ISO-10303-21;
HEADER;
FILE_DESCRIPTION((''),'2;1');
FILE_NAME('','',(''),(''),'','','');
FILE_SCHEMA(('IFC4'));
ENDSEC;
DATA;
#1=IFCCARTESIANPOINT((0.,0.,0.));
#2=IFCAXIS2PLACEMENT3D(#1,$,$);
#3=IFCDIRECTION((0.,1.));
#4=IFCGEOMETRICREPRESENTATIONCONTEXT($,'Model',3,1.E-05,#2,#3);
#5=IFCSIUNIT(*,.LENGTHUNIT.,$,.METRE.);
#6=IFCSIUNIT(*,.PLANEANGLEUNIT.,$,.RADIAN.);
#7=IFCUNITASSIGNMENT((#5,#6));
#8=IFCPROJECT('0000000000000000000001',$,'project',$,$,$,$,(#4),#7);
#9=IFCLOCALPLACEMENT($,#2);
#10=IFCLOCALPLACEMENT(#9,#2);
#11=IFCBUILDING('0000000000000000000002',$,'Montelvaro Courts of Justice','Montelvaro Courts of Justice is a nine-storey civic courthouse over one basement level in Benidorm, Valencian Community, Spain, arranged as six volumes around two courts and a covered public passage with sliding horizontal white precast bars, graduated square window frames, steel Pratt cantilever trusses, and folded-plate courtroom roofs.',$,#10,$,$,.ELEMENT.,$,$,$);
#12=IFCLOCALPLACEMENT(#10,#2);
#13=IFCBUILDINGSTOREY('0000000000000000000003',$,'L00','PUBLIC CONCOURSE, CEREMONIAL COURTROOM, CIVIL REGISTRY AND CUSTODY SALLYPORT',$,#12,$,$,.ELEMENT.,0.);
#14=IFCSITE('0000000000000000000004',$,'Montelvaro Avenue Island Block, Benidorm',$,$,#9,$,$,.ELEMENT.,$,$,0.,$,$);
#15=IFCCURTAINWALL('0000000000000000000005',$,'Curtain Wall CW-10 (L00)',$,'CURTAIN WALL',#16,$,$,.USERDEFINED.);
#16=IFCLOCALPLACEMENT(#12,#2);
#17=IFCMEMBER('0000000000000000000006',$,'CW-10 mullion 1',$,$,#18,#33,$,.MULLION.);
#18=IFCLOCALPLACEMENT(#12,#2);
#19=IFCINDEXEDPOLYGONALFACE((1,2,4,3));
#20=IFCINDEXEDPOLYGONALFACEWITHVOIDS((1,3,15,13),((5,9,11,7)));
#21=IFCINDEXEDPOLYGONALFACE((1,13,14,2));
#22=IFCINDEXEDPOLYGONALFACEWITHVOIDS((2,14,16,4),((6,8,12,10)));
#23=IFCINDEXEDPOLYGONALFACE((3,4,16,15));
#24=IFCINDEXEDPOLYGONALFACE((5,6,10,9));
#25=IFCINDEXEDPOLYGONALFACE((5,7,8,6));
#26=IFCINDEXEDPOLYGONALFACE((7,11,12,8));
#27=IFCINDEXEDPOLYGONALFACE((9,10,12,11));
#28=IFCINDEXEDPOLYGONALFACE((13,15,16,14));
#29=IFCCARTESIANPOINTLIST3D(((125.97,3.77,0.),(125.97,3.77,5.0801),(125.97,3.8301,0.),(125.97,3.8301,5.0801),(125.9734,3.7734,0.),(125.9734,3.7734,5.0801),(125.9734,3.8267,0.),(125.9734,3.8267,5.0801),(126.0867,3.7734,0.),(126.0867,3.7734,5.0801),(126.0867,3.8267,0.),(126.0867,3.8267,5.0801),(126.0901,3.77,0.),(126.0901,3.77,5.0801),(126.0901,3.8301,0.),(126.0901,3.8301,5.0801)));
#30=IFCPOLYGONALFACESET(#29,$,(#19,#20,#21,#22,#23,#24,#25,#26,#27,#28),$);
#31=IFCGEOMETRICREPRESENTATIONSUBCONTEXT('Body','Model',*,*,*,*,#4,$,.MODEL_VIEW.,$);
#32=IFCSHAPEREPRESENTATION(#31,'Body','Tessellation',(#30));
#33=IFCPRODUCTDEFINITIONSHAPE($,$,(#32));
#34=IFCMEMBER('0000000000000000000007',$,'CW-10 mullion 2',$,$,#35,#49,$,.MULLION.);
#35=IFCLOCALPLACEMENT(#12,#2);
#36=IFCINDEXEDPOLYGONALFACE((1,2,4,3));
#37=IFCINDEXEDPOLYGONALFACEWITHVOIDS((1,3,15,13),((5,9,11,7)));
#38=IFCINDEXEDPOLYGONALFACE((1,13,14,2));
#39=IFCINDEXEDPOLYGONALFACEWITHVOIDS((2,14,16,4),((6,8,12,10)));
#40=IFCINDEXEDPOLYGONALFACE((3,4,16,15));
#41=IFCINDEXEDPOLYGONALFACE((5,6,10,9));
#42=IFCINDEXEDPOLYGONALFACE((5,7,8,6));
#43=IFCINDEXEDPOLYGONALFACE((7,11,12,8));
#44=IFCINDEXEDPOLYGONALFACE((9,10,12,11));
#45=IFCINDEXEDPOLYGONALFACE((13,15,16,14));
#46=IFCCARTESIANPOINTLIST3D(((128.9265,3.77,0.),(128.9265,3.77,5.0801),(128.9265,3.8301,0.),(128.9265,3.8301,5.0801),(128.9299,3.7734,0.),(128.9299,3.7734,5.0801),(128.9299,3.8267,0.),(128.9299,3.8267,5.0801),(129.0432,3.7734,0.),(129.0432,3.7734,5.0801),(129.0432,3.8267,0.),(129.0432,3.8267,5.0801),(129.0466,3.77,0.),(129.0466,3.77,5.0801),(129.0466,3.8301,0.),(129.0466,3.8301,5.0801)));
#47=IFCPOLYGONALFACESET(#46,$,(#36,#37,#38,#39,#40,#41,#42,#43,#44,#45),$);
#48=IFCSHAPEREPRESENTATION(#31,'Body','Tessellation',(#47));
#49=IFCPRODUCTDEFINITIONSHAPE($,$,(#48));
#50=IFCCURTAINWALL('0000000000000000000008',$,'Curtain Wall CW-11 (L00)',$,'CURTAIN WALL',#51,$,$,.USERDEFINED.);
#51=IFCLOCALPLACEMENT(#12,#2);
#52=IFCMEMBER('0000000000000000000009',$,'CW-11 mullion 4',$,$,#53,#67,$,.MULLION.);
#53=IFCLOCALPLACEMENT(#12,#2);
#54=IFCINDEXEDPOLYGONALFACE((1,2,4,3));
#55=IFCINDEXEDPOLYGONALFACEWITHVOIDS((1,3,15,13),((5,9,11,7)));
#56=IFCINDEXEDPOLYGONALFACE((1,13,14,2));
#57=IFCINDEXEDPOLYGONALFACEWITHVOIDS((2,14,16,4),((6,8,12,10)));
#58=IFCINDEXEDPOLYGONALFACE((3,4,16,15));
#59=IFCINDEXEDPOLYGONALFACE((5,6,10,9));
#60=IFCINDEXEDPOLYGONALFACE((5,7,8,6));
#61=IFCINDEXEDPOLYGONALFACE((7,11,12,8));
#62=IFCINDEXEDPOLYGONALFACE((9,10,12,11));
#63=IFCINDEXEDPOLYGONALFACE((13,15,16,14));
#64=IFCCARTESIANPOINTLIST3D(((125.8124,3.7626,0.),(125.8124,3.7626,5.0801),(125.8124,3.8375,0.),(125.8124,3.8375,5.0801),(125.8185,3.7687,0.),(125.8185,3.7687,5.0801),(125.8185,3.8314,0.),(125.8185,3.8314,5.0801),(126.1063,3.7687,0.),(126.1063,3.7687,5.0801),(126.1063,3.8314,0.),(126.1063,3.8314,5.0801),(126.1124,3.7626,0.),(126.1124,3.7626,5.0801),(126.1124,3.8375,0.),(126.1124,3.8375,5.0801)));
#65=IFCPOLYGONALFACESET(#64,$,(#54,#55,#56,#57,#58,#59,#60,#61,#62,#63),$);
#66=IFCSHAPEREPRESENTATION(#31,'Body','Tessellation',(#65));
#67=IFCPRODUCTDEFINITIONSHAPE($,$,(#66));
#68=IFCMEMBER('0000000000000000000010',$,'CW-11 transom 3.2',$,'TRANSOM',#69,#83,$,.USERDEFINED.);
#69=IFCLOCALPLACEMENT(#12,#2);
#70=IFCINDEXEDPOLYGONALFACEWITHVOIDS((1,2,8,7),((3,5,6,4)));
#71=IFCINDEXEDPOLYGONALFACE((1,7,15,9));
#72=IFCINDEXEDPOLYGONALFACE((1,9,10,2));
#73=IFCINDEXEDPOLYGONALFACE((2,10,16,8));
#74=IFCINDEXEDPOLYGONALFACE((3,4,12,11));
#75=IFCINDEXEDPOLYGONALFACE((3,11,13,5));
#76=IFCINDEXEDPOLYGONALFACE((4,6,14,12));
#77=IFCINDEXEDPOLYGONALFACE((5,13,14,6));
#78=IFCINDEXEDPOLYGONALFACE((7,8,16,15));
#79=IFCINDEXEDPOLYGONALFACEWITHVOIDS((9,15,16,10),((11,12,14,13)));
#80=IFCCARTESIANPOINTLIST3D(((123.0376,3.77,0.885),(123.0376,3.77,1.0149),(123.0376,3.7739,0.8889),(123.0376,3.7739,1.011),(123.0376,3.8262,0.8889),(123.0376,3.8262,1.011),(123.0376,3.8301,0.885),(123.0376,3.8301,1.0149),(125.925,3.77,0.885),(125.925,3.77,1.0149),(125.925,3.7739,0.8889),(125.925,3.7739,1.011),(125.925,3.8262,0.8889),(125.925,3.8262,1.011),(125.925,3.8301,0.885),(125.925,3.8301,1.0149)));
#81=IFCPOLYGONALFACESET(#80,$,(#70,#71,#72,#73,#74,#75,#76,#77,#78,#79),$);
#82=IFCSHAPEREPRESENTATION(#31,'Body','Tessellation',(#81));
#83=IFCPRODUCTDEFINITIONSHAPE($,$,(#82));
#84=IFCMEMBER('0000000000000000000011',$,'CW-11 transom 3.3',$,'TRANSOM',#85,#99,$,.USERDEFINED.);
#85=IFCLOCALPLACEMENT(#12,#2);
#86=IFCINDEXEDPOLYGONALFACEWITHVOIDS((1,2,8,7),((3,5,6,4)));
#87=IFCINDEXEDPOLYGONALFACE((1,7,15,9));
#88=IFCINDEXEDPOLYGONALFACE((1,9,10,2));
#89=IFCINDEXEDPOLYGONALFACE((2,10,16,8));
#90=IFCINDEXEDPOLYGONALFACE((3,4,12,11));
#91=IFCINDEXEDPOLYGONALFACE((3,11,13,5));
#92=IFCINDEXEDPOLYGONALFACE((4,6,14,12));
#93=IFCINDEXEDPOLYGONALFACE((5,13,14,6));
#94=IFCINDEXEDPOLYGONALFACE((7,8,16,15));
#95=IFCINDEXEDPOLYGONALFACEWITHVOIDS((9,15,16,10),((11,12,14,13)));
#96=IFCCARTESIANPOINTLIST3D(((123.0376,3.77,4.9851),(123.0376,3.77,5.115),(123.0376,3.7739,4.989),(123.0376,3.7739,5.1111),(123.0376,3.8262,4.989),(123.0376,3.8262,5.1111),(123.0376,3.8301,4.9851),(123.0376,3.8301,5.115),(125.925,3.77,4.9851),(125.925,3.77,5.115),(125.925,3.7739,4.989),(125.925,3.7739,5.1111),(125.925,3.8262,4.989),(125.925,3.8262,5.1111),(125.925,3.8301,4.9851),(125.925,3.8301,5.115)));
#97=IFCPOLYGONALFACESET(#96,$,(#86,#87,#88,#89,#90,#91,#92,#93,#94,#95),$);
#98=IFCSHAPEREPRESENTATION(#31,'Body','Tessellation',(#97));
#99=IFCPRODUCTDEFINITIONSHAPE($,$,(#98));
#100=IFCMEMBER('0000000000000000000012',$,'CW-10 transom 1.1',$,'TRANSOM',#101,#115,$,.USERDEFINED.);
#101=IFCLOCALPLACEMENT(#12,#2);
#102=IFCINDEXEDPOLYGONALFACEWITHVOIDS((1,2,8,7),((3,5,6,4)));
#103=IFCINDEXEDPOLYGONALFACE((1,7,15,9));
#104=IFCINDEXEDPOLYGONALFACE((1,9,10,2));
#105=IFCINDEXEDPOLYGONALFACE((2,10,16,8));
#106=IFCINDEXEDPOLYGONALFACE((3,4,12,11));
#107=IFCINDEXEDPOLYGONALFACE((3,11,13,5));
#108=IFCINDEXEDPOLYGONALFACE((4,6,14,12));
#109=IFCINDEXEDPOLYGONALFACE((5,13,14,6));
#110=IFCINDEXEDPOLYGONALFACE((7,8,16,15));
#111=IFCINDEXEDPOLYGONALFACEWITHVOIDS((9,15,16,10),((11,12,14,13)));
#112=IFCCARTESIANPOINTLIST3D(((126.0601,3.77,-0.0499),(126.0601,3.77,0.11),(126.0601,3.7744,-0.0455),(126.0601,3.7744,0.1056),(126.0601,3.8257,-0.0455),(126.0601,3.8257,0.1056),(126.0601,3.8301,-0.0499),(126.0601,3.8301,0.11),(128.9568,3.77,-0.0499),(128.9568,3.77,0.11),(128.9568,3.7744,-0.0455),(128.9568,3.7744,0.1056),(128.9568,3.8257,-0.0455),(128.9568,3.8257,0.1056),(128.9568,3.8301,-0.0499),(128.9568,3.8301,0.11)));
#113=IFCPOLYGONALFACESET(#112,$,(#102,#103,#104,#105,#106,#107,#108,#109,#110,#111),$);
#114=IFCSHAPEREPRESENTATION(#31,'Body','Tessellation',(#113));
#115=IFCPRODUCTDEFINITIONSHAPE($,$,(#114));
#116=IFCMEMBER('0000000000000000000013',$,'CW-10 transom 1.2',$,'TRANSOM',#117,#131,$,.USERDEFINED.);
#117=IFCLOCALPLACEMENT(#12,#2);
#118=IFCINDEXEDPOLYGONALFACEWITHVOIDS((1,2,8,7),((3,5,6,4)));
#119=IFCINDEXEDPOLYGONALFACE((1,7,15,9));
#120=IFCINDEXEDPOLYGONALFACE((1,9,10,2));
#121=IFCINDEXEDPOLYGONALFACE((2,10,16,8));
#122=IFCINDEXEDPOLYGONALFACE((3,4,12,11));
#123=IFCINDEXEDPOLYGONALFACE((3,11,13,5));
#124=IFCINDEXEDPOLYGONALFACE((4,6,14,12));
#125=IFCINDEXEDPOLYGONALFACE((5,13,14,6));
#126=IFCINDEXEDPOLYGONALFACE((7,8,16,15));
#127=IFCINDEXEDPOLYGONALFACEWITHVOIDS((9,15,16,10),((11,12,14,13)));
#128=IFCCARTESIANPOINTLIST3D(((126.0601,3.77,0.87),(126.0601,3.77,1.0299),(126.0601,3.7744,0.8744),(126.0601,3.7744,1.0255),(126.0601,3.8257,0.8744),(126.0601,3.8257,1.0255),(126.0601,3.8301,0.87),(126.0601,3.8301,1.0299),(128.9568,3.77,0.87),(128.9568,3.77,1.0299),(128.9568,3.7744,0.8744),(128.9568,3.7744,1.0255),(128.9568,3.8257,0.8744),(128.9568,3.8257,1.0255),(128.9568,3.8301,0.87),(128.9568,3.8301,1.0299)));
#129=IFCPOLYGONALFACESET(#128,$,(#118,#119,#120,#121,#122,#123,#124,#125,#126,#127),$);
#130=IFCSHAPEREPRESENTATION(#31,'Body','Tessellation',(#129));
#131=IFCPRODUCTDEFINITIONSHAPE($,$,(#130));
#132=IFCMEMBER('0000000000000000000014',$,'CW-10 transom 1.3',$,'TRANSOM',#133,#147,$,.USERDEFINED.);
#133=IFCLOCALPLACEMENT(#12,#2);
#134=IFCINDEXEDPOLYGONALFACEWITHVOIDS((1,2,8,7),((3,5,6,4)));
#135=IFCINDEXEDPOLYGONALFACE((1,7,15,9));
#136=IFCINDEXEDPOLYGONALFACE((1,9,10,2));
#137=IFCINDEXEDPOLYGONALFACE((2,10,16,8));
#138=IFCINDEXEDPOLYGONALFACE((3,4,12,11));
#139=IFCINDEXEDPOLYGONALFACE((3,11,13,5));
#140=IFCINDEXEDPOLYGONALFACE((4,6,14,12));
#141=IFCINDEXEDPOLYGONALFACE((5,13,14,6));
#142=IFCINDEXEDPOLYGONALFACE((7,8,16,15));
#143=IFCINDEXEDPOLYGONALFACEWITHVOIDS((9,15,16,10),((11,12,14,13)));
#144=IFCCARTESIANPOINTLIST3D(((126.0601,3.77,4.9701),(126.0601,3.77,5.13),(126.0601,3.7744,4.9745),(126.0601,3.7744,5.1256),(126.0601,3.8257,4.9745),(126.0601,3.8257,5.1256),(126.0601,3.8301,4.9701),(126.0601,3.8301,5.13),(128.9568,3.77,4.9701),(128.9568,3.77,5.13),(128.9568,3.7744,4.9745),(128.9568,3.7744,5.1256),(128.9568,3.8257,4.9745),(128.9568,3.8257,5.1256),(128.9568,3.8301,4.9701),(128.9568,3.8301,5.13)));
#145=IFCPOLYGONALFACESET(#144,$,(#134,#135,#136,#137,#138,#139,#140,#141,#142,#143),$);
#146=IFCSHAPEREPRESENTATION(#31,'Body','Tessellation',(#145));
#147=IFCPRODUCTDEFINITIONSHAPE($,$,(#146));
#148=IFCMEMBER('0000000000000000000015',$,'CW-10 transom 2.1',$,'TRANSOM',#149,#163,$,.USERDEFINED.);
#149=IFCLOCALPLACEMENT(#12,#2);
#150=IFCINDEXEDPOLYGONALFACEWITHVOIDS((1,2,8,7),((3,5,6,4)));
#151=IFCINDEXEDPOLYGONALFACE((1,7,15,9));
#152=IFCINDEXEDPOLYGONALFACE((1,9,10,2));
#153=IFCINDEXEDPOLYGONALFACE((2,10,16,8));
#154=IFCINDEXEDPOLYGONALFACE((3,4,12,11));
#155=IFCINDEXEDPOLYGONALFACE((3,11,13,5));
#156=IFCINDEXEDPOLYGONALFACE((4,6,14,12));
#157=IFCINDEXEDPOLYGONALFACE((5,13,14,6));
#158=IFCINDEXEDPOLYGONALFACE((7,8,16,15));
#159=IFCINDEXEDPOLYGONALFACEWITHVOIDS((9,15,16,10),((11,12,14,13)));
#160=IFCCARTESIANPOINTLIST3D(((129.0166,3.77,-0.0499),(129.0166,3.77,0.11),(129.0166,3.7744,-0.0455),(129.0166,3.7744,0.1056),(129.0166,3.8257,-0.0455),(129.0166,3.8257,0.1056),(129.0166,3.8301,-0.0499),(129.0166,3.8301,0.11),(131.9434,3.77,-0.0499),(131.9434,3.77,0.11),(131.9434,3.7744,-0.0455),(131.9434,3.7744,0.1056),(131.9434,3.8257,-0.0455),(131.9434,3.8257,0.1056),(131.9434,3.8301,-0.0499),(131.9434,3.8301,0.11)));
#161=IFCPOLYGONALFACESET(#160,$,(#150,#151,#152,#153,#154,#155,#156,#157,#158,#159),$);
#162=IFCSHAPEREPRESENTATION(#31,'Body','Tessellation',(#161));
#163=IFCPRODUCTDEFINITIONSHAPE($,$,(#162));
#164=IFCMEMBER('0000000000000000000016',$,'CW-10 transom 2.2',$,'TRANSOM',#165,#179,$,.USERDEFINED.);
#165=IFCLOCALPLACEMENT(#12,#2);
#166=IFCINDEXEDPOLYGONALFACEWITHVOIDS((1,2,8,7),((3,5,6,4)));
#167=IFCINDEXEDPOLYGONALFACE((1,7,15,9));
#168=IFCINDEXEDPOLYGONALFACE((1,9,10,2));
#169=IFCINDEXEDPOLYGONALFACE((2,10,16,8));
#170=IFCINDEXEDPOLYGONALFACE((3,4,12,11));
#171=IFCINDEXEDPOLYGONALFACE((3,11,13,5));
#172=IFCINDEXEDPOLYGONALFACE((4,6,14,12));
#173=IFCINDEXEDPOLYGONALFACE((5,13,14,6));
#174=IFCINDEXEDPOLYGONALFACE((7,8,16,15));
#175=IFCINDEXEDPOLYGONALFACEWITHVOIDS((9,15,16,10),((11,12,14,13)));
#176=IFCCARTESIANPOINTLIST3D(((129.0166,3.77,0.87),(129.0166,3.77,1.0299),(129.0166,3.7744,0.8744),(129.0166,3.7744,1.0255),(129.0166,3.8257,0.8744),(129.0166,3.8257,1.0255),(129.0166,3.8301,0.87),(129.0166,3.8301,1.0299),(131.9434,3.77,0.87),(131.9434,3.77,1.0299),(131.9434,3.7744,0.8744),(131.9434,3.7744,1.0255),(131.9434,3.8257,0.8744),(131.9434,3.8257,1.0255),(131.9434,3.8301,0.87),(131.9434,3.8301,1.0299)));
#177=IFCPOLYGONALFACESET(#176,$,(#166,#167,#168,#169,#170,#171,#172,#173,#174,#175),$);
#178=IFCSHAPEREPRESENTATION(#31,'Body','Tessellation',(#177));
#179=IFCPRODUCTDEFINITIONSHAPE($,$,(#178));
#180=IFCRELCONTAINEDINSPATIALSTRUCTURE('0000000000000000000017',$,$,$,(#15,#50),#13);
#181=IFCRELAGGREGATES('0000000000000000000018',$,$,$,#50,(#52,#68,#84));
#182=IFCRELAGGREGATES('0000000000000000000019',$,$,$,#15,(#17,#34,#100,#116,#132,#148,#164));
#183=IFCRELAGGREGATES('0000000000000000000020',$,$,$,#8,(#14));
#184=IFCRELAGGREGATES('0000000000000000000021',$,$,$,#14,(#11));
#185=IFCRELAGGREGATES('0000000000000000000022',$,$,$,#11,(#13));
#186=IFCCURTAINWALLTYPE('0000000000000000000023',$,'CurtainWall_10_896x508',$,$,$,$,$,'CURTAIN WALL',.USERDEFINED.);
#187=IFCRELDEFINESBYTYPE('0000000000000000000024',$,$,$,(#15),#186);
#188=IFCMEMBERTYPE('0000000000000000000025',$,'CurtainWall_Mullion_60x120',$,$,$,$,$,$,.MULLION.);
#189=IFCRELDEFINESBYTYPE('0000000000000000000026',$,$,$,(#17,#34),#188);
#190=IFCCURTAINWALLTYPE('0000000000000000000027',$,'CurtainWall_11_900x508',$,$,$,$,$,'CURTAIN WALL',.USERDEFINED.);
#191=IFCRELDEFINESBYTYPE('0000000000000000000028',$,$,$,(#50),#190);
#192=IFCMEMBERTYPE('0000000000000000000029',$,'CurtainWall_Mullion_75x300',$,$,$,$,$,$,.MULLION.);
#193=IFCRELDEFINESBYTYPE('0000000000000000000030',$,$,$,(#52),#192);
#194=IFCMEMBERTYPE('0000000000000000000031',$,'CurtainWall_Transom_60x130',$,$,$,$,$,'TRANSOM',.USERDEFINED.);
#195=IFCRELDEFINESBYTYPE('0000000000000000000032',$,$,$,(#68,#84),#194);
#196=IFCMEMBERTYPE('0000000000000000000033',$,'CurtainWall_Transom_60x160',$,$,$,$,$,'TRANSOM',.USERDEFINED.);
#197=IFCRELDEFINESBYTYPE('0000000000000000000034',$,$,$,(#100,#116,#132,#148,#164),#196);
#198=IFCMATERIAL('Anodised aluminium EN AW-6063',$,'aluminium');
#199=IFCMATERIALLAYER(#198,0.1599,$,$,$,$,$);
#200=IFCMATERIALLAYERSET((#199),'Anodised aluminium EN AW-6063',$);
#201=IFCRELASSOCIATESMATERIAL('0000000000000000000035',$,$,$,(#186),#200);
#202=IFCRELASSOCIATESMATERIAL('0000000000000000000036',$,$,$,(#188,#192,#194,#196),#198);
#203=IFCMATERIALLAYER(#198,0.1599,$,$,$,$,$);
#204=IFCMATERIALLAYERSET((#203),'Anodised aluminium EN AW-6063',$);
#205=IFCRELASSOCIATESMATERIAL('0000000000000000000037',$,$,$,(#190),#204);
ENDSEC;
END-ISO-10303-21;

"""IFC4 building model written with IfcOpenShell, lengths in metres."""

from ifc_helpers import new_model, si_unit, direction, frame, origin, origin_2d, place, context, subcontext, project, spatial, hollow_rectangle, extrude, material, layer, layer_set, material_profile, profile_set, type_object, element, aggregate, save


model = new_model("IFC4")

# Units and contexts
model_context = context("Model", 3, precision=1e-05, world=origin(), true_north=direction((0.0, 1.0)))
body_context = subcontext(model_context, "Body", "Model", "MODEL_VIEW")
ifc_project = project(units=[si_unit("LENGTHUNIT", "METRE"), si_unit("PLANEANGLEUNIT", "RADIAN")], contexts=[model_context])

# Site, building, storey
site_placement = place(None, origin())
site = spatial("IfcSite", under=ifc_project, at=site_placement, Name="Montelvaro Avenue Island Block, Benidorm", CompositionType="ELEMENT", RefElevation=0.0)
building_placement = place(site_placement, origin())
building = spatial("IfcBuilding", under=site, at=building_placement, Name="Montelvaro Courts of Justice", Description="Montelvaro Courts of Justice is a nine-storey civic courthouse over one basement level in Benidorm, Valencian Community, Spain, arranged as six volumes around two courts and a covered public passage with sliding horizontal white precast bars, graduated square window frames, steel Pratt cantilever trusses, and folded-plate courtroom roofs.", CompositionType="ELEMENT")
storey_placement = place(building_placement, origin())
storey = spatial("IfcBuildingStorey", under=building, at=storey_placement, Name="L00", Description="PUBLIC CONCOURSE, CEREMONIAL COURTROOM, CIVIL REGISTRY AND CUSTODY SALLYPORT", CompositionType="ELEMENT", Elevation=0.0)

# Curtain walls, members
ifc_material_1 = material(Name="Anodised aluminium EN AW-6063", Category="aluminium")
ifc_layer_1 = layer(ifc_material_1, 0.1599)
ifc_layer_set_1 = layer_set([ifc_layer_1], Name="Anodised aluminium EN AW-6063")
curtain_wall_type_1 = type_object("IfcCurtainWallType", Name="CurtainWall_10_896x508", ElementType="CURTAIN WALL", PredefinedType="USERDEFINED", material=ifc_layer_set_1)
curtain_wall_1_placement = place(storey_placement, origin())
curtain_wall_1 = element("IfcCurtainWall", 1, at=curtain_wall_1_placement, inside=storey, type_object=curtain_wall_type_1, Name="Curtain Wall CW-10 (L00)", ObjectType="CURTAIN WALL", PredefinedType="USERDEFINED")
ifc_material_profile_1 = material_profile(ifc_material_1, hollow_rectangle(XDim=0.0601, YDim=0.1201, WallThickness=0.0034, at=origin_2d()), Name="ALU-M 60x120")
ifc_profile_set_1 = profile_set([ifc_material_profile_1], Name="Anodised aluminium EN AW-6063")
member_type_1 = type_object("IfcMemberType", Name="CurtainWall_Mullion_60x120", PredefinedType="MULLION", material=ifc_profile_set_1)
member_1_placement = place(storey_placement, frame((126.03, 3.8, 0.0), z_axis=(0.0, 0.0, 1.0), x_axis=(0.0, 1.0, 0.0)))
member_1 = element("IfcMember", 2, at=member_1_placement, type_object=member_type_1, Name="CW-10 mullion 1", PredefinedType="MULLION", context=body_context, shape_type="SweptSolid", body=[
    extrude(hollow_rectangle(XDim=0.0601, YDim=0.1201, WallThickness=0.0034, at=origin_2d()), origin(), (0.0, 0.0, 1.0), 5.0801),
])
member_2_placement = place(storey_placement, frame((128.9866, 3.8, 0.0), z_axis=(0.0, 0.0, 1.0), x_axis=(0.0, 1.0, 0.0)))
member_2 = element("IfcMember", 3, at=member_2_placement, type_object=member_type_1, Name="CW-10 mullion 2", PredefinedType="MULLION", context=body_context, shape_type="SweptSolid", body=[
    extrude(hollow_rectangle(XDim=0.0601, YDim=0.1201, WallThickness=0.0034, at=origin_2d()), origin(), (0.0, 0.0, 1.0), 5.0801),
])
ifc_layer_2 = layer(ifc_material_1, 0.1599)
ifc_layer_set_2 = layer_set([ifc_layer_2], Name="Anodised aluminium EN AW-6063")
curtain_wall_type_2 = type_object("IfcCurtainWallType", Name="CurtainWall_11_900x508", ElementType="CURTAIN WALL", PredefinedType="USERDEFINED", material=ifc_layer_set_2)
curtain_wall_2_placement = place(storey_placement, origin())
curtain_wall_2 = element("IfcCurtainWall", 4, at=curtain_wall_2_placement, inside=storey, type_object=curtain_wall_type_2, Name="Curtain Wall CW-11 (L00)", ObjectType="CURTAIN WALL", PredefinedType="USERDEFINED")
ifc_material_profile_2 = material_profile(ifc_material_1, hollow_rectangle(XDim=0.075, YDim=0.3, WallThickness=0.0061, at=origin_2d()), Name="ALU-M 75x300")
ifc_profile_set_2 = profile_set([ifc_material_profile_2], Name="Anodised aluminium EN AW-6063")
member_type_2 = type_object("IfcMemberType", Name="CurtainWall_Mullion_75x300", PredefinedType="MULLION", material=ifc_profile_set_2)
member_3_placement = place(storey_placement, frame((125.9624, 3.8, 0.0), z_axis=(0.0, 0.0, 1.0), x_axis=(0.0, 1.0, 0.0)))
member_3 = element("IfcMember", 5, at=member_3_placement, type_object=member_type_2, Name="CW-11 mullion 4", PredefinedType="MULLION", context=body_context, shape_type="SweptSolid", body=[
    extrude(hollow_rectangle(XDim=0.075, YDim=0.3, WallThickness=0.0061, at=origin_2d()), origin(), (0.0, 0.0, 1.0), 5.0801),
])
ifc_material_profile_3 = material_profile(ifc_material_1, hollow_rectangle(XDim=0.0601, YDim=0.1299, WallThickness=0.0039, at=origin_2d()), Name="ALU-T 60x130")
ifc_profile_set_3 = profile_set([ifc_material_profile_3], Name="Anodised aluminium EN AW-6063")
member_type_3 = type_object("IfcMemberType", Name="CurtainWall_Transom_60x130", ElementType="TRANSOM", PredefinedType="USERDEFINED", material=ifc_profile_set_3)
member_4_placement = place(storey_placement, frame((123.0376, 3.8, 0.95), z_axis=(1.0, 0.0, 0.0), x_axis=(0.0, 1.0, 0.0)))
member_4 = element("IfcMember", 6, at=member_4_placement, type_object=member_type_3, Name="CW-11 transom 3.2", ObjectType="TRANSOM", PredefinedType="USERDEFINED", context=body_context, shape_type="SweptSolid", body=[
    extrude(hollow_rectangle(XDim=0.0601, YDim=0.1299, WallThickness=0.0039, at=origin_2d()), origin(), (0.0, 0.0, 1.0), 2.8875),
])
member_5_placement = place(storey_placement, frame((123.0376, 3.8, 5.05), z_axis=(1.0, 0.0, 0.0), x_axis=(0.0, 1.0, 0.0)))
member_5 = element("IfcMember", 7, at=member_5_placement, type_object=member_type_3, Name="CW-11 transom 3.3", ObjectType="TRANSOM", PredefinedType="USERDEFINED", context=body_context, shape_type="SweptSolid", body=[
    extrude(hollow_rectangle(XDim=0.0601, YDim=0.1299, WallThickness=0.0039, at=origin_2d()), origin(), (0.0, 0.0, 1.0), 2.8875),
])

# Members
ifc_material_profile_4 = material_profile(ifc_material_1, hollow_rectangle(XDim=0.0601, YDim=0.1599, WallThickness=0.0044, at=origin_2d()), Name="ALU-T 60x160")
ifc_profile_set_4 = profile_set([ifc_material_profile_4], Name="Anodised aluminium EN AW-6063")
member_type_4 = type_object("IfcMemberType", Name="CurtainWall_Transom_60x160", ElementType="TRANSOM", PredefinedType="USERDEFINED", material=ifc_profile_set_4)
member_6_placement = place(storey_placement, frame((126.0601, 3.8, 0.03), z_axis=(1.0, 0.0, 0.0), x_axis=(0.0, 1.0, 0.0)))
member_6 = element("IfcMember", 8, at=member_6_placement, type_object=member_type_4, Name="CW-10 transom 1.1", ObjectType="TRANSOM", PredefinedType="USERDEFINED", context=body_context, shape_type="SweptSolid", body=[
    extrude(hollow_rectangle(XDim=0.0601, YDim=0.1599, WallThickness=0.0044, at=origin_2d()), origin(), (0.0, 0.0, 1.0), 2.8967),
])
member_7_placement = place(storey_placement, frame((126.0601, 3.8, 0.95), z_axis=(1.0, 0.0, 0.0), x_axis=(0.0, 1.0, 0.0)))
member_7 = element("IfcMember", 9, at=member_7_placement, type_object=member_type_4, Name="CW-10 transom 1.2", ObjectType="TRANSOM", PredefinedType="USERDEFINED", context=body_context, shape_type="SweptSolid", body=[
    extrude(hollow_rectangle(XDim=0.0601, YDim=0.1599, WallThickness=0.0044, at=origin_2d()), origin(), (0.0, 0.0, 1.0), 2.8967),
])
member_8_placement = place(storey_placement, frame((126.0601, 3.8, 5.05), z_axis=(1.0, 0.0, 0.0), x_axis=(0.0, 1.0, 0.0)))
member_8 = element("IfcMember", 10, at=member_8_placement, type_object=member_type_4, Name="CW-10 transom 1.3", ObjectType="TRANSOM", PredefinedType="USERDEFINED", context=body_context, shape_type="SweptSolid", body=[
    extrude(hollow_rectangle(XDim=0.0601, YDim=0.1599, WallThickness=0.0044, at=origin_2d()), origin(), (0.0, 0.0, 1.0), 2.8967),
])
member_9_placement = place(storey_placement, frame((129.0166, 3.8, 0.03), z_axis=(1.0, 0.0, 0.0), x_axis=(0.0, 1.0, 0.0)))
member_9 = element("IfcMember", 11, at=member_9_placement, type_object=member_type_4, Name="CW-10 transom 2.1", ObjectType="TRANSOM", PredefinedType="USERDEFINED", context=body_context, shape_type="SweptSolid", body=[
    extrude(hollow_rectangle(XDim=0.0601, YDim=0.1599, WallThickness=0.0044, at=origin_2d()), origin(), (0.0, 0.0, 1.0), 2.9268),
])
member_10_placement = place(storey_placement, frame((129.0166, 3.8, 0.95), z_axis=(1.0, 0.0, 0.0), x_axis=(0.0, 1.0, 0.0)))
member_10 = element("IfcMember", 12, at=member_10_placement, type_object=member_type_4, Name="CW-10 transom 2.2", ObjectType="TRANSOM", PredefinedType="USERDEFINED", context=body_context, shape_type="SweptSolid", body=[
    extrude(hollow_rectangle(XDim=0.0601, YDim=0.1599, WallThickness=0.0044, at=origin_2d()), origin(), (0.0, 0.0, 1.0), 2.9268),
])

aggregate(curtain_wall_2, [member_3, member_4, member_5])
aggregate(curtain_wall_1, [member_1, member_2, member_6, member_7, member_8, member_9, member_10])

save(model, "model.ifc")
